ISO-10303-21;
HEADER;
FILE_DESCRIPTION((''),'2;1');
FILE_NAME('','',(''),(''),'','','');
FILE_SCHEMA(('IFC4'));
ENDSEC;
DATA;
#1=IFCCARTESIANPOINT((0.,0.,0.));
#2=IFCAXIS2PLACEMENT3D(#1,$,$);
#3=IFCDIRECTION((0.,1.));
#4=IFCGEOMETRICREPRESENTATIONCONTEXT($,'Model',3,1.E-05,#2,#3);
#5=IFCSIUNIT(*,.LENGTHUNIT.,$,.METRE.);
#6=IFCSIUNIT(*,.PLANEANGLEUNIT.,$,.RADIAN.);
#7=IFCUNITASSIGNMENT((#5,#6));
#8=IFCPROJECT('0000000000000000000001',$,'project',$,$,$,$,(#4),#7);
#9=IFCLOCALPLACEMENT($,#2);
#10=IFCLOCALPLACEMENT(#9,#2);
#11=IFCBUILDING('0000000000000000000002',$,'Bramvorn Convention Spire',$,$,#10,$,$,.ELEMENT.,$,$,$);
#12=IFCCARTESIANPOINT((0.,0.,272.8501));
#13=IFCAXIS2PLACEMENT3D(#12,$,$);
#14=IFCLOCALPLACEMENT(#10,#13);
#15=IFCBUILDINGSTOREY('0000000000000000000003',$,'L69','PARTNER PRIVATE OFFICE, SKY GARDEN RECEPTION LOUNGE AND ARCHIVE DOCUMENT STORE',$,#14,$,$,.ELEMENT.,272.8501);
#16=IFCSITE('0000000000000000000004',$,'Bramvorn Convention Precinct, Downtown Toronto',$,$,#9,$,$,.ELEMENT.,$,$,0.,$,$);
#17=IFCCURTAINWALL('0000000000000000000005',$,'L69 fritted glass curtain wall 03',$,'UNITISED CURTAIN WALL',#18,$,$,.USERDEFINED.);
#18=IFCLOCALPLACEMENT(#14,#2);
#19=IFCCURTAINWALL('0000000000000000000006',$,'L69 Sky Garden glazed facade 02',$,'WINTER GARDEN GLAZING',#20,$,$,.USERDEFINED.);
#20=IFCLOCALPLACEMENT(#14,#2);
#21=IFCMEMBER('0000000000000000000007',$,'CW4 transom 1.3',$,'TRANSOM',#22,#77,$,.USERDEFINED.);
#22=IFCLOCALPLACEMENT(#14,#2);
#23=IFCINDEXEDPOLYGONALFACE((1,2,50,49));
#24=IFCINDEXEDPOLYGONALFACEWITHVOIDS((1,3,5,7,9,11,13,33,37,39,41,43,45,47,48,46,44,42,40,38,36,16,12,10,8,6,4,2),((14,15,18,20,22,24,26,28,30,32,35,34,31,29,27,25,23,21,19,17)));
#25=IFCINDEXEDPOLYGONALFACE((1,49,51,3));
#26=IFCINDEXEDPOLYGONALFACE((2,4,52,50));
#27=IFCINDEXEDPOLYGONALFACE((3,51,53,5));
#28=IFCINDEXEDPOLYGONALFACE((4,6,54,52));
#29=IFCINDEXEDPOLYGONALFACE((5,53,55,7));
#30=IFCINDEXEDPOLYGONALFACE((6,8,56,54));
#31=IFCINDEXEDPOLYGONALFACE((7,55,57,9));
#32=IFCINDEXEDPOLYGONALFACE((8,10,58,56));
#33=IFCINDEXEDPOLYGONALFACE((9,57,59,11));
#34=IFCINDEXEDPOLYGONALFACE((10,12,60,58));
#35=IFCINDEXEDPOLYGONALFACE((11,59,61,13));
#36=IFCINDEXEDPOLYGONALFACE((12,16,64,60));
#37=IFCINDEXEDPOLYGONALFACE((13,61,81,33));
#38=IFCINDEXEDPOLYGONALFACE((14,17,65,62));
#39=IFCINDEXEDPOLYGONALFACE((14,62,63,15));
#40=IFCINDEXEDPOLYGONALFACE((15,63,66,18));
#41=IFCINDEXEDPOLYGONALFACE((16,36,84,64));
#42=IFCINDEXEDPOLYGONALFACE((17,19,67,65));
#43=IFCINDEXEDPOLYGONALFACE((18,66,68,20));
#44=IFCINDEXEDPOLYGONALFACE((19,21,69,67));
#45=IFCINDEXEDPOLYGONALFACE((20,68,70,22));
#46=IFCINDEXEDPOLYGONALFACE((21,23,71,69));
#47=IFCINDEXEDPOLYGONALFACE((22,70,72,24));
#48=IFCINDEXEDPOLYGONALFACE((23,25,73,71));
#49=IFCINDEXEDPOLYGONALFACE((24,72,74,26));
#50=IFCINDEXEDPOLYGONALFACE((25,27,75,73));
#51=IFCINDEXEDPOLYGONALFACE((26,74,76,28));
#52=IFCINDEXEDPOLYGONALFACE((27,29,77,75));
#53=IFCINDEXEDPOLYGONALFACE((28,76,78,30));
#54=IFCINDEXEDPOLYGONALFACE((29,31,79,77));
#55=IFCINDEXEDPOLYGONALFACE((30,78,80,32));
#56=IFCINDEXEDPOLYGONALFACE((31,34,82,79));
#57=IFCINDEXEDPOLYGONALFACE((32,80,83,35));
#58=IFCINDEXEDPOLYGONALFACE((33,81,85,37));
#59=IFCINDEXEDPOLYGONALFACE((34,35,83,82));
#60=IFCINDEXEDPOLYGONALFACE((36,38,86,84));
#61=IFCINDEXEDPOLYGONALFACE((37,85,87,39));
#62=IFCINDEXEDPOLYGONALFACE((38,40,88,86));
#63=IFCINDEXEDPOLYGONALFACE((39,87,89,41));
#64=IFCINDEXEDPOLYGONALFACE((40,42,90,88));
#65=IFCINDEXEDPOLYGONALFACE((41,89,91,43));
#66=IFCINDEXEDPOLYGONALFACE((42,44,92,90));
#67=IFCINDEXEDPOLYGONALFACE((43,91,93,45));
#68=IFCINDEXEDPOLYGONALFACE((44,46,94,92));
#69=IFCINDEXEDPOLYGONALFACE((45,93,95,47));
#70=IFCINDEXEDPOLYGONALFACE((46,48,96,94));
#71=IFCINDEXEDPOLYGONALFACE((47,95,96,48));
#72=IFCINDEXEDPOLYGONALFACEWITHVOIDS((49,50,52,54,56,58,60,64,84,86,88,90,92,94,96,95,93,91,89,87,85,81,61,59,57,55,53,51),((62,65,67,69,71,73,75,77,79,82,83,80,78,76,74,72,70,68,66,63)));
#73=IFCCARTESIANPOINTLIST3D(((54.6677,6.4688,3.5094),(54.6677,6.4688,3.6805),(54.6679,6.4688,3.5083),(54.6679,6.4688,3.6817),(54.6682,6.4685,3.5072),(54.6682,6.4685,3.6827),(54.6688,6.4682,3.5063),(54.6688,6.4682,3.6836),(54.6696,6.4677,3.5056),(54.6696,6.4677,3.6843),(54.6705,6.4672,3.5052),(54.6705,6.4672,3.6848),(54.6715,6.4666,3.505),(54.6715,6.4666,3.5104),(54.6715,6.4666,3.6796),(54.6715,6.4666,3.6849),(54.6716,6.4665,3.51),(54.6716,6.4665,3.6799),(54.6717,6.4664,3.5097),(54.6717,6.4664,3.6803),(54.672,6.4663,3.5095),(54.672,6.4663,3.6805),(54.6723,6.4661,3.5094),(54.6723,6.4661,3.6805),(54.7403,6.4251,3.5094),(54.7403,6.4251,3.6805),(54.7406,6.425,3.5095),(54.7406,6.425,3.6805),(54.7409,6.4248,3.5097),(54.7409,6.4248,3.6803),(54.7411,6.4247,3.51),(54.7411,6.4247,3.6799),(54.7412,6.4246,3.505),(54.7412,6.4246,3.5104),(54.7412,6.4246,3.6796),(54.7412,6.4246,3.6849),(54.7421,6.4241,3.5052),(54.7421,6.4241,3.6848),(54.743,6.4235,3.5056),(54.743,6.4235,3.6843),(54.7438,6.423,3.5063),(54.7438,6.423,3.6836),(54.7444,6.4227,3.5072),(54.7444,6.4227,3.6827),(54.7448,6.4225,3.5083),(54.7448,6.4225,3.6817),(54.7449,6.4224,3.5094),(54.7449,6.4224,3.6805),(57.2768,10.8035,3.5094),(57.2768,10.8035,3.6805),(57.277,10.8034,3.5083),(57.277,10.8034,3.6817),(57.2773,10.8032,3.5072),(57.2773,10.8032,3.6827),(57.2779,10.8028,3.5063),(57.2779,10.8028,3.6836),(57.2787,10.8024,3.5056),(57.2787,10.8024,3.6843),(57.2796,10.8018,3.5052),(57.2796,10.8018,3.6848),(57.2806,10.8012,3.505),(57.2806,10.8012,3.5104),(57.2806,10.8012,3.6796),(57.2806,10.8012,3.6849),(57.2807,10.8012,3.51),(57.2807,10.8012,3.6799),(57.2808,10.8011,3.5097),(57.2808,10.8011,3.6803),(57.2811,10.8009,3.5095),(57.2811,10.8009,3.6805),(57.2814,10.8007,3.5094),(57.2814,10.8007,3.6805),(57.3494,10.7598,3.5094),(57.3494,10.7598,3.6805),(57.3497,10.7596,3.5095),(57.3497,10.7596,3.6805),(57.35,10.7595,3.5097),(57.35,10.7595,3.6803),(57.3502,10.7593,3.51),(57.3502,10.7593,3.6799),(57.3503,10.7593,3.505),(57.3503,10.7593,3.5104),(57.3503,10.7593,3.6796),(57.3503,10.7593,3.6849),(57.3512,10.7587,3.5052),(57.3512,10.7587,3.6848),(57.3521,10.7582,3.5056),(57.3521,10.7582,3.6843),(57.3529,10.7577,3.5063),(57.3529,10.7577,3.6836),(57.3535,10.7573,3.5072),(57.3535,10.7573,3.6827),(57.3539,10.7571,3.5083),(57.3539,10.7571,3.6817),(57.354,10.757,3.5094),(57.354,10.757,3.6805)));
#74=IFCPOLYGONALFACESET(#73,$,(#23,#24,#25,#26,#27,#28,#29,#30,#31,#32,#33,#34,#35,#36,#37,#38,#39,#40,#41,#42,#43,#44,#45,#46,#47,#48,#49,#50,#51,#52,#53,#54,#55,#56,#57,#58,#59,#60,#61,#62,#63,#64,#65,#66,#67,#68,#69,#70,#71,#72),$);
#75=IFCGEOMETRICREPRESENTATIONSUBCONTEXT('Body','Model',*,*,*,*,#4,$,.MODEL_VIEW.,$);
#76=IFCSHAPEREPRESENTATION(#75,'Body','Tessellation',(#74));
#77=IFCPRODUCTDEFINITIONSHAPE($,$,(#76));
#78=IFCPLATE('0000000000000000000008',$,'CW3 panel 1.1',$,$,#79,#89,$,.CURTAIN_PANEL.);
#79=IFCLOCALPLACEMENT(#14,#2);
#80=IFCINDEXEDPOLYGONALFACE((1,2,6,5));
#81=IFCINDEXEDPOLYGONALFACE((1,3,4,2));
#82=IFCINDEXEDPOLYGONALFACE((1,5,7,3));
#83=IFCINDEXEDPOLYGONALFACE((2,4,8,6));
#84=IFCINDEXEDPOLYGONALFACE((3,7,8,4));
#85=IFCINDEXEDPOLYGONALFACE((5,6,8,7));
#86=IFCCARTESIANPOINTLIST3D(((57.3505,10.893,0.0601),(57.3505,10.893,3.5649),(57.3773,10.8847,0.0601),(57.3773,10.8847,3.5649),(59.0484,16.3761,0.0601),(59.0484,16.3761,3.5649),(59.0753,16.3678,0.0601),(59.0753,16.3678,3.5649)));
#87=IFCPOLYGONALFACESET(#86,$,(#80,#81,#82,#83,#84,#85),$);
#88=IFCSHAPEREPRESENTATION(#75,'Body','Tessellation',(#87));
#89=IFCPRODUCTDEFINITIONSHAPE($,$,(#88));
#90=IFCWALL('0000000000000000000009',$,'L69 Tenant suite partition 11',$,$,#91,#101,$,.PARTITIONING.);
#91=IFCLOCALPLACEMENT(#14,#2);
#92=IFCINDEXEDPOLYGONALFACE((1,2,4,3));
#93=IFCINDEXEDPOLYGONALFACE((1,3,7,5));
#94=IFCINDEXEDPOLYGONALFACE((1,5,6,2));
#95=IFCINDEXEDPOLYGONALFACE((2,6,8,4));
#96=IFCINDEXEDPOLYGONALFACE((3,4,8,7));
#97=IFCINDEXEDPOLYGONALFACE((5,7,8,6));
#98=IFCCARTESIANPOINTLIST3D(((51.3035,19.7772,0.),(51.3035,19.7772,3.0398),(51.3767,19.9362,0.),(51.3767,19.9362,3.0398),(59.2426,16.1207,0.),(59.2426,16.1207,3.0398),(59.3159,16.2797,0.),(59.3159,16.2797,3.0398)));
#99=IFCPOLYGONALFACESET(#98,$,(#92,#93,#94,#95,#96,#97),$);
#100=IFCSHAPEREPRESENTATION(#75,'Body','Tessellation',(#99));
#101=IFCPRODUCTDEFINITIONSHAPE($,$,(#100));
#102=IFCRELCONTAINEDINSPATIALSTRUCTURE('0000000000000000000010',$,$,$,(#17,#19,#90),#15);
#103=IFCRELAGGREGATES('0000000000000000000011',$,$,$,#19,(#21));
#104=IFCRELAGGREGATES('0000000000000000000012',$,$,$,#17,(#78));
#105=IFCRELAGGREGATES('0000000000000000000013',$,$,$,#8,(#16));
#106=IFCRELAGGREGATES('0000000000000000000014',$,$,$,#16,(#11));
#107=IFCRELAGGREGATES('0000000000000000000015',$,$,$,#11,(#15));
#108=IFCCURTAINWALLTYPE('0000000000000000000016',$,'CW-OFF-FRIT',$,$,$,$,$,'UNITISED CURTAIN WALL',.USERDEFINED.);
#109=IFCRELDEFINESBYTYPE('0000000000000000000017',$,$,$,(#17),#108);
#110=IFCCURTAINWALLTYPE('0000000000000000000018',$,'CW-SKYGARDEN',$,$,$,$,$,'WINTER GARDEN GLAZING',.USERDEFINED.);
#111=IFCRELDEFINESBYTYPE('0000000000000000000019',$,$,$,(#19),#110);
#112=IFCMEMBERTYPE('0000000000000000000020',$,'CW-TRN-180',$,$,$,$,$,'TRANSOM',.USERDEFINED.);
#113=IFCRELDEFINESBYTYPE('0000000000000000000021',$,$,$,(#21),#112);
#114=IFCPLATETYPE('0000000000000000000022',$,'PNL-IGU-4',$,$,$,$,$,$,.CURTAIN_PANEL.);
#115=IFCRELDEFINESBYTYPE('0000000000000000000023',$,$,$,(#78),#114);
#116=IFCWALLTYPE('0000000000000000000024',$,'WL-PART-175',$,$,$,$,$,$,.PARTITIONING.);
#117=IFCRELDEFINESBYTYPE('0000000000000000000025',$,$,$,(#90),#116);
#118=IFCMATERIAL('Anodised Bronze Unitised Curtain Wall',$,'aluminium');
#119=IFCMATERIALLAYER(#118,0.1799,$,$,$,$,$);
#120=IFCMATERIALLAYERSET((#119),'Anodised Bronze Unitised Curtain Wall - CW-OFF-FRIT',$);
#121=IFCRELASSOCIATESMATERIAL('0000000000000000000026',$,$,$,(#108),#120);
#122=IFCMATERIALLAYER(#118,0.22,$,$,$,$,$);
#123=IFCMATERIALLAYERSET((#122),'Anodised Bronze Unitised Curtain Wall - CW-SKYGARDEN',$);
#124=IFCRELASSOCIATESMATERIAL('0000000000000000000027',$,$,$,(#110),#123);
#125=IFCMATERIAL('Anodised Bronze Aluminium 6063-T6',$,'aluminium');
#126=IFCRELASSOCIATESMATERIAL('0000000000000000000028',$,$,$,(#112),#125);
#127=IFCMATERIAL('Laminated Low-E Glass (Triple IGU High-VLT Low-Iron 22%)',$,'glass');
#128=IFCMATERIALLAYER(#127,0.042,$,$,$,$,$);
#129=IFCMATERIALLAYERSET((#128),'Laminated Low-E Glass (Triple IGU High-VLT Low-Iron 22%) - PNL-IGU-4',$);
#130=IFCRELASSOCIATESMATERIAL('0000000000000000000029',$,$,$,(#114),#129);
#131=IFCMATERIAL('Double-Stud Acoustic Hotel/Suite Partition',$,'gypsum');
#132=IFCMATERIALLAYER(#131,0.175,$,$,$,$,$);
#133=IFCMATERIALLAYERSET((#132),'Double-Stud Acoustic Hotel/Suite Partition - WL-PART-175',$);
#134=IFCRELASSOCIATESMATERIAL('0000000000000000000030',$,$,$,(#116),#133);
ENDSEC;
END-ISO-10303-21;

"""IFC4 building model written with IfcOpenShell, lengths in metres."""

from ifc_helpers import new_model, si_unit, direction, frame, frame_2d, origin, origin_2d, place, context, subcontext, project, spatial, rectangle, hollow_rectangle, extrude, material, layer, layer_set, material_profile, profile_set, type_object, element, aggregate, save


model = new_model("IFC4")

# Units and contexts
model_context = context("Model", 3, precision=1e-05, world=origin(), true_north=direction((0.0, 1.0)))
body_context = subcontext(model_context, "Body", "Model", "MODEL_VIEW")
ifc_project = project(units=[si_unit("LENGTHUNIT", "METRE"), si_unit("PLANEANGLEUNIT", "RADIAN")], contexts=[model_context])

# Site, building, storey
site_placement = place(None, origin())
site = spatial("IfcSite", under=ifc_project, at=site_placement, Name="Bramvorn Convention Precinct, Downtown Toronto", CompositionType="ELEMENT", RefElevation=0.0)
building_placement = place(site_placement, origin())
building = spatial("IfcBuilding", under=site, at=building_placement, Name="Bramvorn Convention Spire", CompositionType="ELEMENT")
storey_placement = place(building_placement, frame((0.0, 0.0, 272.8501)))
storey = spatial("IfcBuildingStorey", under=building, at=storey_placement, Name="L69", Description="PARTNER PRIVATE OFFICE, SKY GARDEN RECEPTION LOUNGE AND ARCHIVE DOCUMENT STORE", CompositionType="ELEMENT", Elevation=272.8501)

# Curtain wall
ifc_material_1 = material(Name="Anodised Bronze Unitised Curtain Wall", Category="aluminium")
ifc_layer_1 = layer(ifc_material_1, 0.1799)
ifc_layer_set_1 = layer_set([ifc_layer_1], Name="Anodised Bronze Unitised Curtain Wall - CW-OFF-FRIT")
curtain_wall_type_1 = type_object("IfcCurtainWallType", Name="CW-OFF-FRIT", ElementType="UNITISED CURTAIN WALL", PredefinedType="USERDEFINED", material=ifc_layer_set_1)
curtain_wall_1_placement = place(storey_placement, origin())
curtain_wall_1 = element("IfcCurtainWall", 1, at=curtain_wall_1_placement, inside=storey, type_object=curtain_wall_type_1, Name="L69 fritted glass curtain wall 03", ObjectType="UNITISED CURTAIN WALL", PredefinedType="USERDEFINED")
ifc_material_2 = material(Name="Anodised Bronze Aluminium 6063-T6", Category="aluminium")

# Curtain wall
ifc_layer_2 = layer(ifc_material_1, 0.22)
ifc_layer_set_2 = layer_set([ifc_layer_2], Name="Anodised Bronze Unitised Curtain Wall - CW-SKYGARDEN")
curtain_wall_type_2 = type_object("IfcCurtainWallType", Name="CW-SKYGARDEN", ElementType="WINTER GARDEN GLAZING", PredefinedType="USERDEFINED", material=ifc_layer_set_2)
curtain_wall_2_placement = place(storey_placement, origin())
curtain_wall_2 = element("IfcCurtainWall", 2, at=curtain_wall_2_placement, inside=storey, type_object=curtain_wall_type_2, Name="L69 Sky Garden glazed facade 02", ObjectType="WINTER GARDEN GLAZING", PredefinedType="USERDEFINED")

# Member
ifc_material_profile_1 = material_profile(ifc_material_2, hollow_rectangle(XDim=0.0901, YDim=0.1799, WallThickness=0.0044, InnerFilletRadius=0.001, OuterFilletRadius=0.0044, at=origin_2d()))
ifc_profile_set_1 = profile_set([ifc_material_profile_1], Name="Anodised Bronze Aluminium 6063-T6 - CWT90X180")
member_type_1 = type_object("IfcMemberType", Name="CW-TRN-180", ElementType="TRANSOM", PredefinedType="USERDEFINED", material=ifc_profile_set_1)
member_1_placement = place(storey_placement, frame((57.3154, 10.7803, 3.595), z_axis=(-0.515702, -0.856768, 0.0), x_axis=(0.856768, -0.515702, 0.0)))
member_1 = element("IfcMember", 3, at=member_1_placement, type_object=member_type_1, Name="CW4 transom 1.3", ObjectType="TRANSOM", PredefinedType="USERDEFINED", context=body_context, shape_type="SweptSolid", body=[
    extrude(hollow_rectangle(XDim=0.0901, YDim=0.1799, WallThickness=0.0044, InnerFilletRadius=0.001, OuterFilletRadius=0.0044, at=origin_2d()), origin(), (0.0, 0.0, 1.0), 5.0593),
])
aggregate(curtain_wall_2, [member_1])

# Plate
ifc_material_3 = material(Name="Laminated Low-E Glass (Triple IGU High-VLT Low-Iron 22%)", Category="glass")
ifc_layer_3 = layer(ifc_material_3, 0.042)
ifc_layer_set_3 = layer_set([ifc_layer_3], Name="Laminated Low-E Glass (Triple IGU High-VLT Low-Iron 22%) - PNL-IGU-4")
plate_type = type_object("IfcPlateType", Name="PNL-IGU-4", PredefinedType="CURTAIN_PANEL", material=ifc_layer_set_3)
plate_placement = place(storey_placement, frame((58.2129, 13.6304, 0.0601), z_axis=(0.0, 0.0, 1.0), x_axis=(-0.295805, -0.955248, 0.0)))
plate = element("IfcPlate", 4, at=plate_placement, type_object=plate_type, Name="CW3 panel 1.1", PredefinedType="CURTAIN_PANEL", context=body_context, shape_type="SweptSolid", body=[
    extrude(rectangle(XDim=5.74, YDim=0.0281, at=origin_2d()), origin(), (0.0, 0.0, 1.0), 3.5049),
])
aggregate(curtain_wall_1, [plate])

# Wall
ifc_material_4 = material(Name="Double-Stud Acoustic Hotel/Suite Partition", Category="gypsum")
ifc_layer_4 = layer(ifc_material_4, 0.175)
ifc_layer_set_4 = layer_set([ifc_layer_4], Name="Double-Stud Acoustic Hotel/Suite Partition - WL-PART-175")
wall_type = type_object("IfcWallType", Name="WL-PART-175", PredefinedType="PARTITIONING", material=ifc_layer_set_4)
wall_placement = place(storey_placement, frame((51.3401, 19.8567, 0.0), z_axis=(0.0, 0.0, 1.0), x_axis=(0.908297, -0.418327, 0.0)))
element("IfcWall", 5, at=wall_placement, inside=storey, type_object=wall_type, Name="L69 Tenant suite partition 11", PredefinedType="PARTITIONING", context=body_context, shape_type="SweptSolid", body=[
    extrude(rectangle(XDim=8.7407, YDim=0.175, at=frame_2d((4.3704, 0.0))), origin(), (0.0, 0.0, 1.0), 3.0398),
])

save(model, "model.ifc")
